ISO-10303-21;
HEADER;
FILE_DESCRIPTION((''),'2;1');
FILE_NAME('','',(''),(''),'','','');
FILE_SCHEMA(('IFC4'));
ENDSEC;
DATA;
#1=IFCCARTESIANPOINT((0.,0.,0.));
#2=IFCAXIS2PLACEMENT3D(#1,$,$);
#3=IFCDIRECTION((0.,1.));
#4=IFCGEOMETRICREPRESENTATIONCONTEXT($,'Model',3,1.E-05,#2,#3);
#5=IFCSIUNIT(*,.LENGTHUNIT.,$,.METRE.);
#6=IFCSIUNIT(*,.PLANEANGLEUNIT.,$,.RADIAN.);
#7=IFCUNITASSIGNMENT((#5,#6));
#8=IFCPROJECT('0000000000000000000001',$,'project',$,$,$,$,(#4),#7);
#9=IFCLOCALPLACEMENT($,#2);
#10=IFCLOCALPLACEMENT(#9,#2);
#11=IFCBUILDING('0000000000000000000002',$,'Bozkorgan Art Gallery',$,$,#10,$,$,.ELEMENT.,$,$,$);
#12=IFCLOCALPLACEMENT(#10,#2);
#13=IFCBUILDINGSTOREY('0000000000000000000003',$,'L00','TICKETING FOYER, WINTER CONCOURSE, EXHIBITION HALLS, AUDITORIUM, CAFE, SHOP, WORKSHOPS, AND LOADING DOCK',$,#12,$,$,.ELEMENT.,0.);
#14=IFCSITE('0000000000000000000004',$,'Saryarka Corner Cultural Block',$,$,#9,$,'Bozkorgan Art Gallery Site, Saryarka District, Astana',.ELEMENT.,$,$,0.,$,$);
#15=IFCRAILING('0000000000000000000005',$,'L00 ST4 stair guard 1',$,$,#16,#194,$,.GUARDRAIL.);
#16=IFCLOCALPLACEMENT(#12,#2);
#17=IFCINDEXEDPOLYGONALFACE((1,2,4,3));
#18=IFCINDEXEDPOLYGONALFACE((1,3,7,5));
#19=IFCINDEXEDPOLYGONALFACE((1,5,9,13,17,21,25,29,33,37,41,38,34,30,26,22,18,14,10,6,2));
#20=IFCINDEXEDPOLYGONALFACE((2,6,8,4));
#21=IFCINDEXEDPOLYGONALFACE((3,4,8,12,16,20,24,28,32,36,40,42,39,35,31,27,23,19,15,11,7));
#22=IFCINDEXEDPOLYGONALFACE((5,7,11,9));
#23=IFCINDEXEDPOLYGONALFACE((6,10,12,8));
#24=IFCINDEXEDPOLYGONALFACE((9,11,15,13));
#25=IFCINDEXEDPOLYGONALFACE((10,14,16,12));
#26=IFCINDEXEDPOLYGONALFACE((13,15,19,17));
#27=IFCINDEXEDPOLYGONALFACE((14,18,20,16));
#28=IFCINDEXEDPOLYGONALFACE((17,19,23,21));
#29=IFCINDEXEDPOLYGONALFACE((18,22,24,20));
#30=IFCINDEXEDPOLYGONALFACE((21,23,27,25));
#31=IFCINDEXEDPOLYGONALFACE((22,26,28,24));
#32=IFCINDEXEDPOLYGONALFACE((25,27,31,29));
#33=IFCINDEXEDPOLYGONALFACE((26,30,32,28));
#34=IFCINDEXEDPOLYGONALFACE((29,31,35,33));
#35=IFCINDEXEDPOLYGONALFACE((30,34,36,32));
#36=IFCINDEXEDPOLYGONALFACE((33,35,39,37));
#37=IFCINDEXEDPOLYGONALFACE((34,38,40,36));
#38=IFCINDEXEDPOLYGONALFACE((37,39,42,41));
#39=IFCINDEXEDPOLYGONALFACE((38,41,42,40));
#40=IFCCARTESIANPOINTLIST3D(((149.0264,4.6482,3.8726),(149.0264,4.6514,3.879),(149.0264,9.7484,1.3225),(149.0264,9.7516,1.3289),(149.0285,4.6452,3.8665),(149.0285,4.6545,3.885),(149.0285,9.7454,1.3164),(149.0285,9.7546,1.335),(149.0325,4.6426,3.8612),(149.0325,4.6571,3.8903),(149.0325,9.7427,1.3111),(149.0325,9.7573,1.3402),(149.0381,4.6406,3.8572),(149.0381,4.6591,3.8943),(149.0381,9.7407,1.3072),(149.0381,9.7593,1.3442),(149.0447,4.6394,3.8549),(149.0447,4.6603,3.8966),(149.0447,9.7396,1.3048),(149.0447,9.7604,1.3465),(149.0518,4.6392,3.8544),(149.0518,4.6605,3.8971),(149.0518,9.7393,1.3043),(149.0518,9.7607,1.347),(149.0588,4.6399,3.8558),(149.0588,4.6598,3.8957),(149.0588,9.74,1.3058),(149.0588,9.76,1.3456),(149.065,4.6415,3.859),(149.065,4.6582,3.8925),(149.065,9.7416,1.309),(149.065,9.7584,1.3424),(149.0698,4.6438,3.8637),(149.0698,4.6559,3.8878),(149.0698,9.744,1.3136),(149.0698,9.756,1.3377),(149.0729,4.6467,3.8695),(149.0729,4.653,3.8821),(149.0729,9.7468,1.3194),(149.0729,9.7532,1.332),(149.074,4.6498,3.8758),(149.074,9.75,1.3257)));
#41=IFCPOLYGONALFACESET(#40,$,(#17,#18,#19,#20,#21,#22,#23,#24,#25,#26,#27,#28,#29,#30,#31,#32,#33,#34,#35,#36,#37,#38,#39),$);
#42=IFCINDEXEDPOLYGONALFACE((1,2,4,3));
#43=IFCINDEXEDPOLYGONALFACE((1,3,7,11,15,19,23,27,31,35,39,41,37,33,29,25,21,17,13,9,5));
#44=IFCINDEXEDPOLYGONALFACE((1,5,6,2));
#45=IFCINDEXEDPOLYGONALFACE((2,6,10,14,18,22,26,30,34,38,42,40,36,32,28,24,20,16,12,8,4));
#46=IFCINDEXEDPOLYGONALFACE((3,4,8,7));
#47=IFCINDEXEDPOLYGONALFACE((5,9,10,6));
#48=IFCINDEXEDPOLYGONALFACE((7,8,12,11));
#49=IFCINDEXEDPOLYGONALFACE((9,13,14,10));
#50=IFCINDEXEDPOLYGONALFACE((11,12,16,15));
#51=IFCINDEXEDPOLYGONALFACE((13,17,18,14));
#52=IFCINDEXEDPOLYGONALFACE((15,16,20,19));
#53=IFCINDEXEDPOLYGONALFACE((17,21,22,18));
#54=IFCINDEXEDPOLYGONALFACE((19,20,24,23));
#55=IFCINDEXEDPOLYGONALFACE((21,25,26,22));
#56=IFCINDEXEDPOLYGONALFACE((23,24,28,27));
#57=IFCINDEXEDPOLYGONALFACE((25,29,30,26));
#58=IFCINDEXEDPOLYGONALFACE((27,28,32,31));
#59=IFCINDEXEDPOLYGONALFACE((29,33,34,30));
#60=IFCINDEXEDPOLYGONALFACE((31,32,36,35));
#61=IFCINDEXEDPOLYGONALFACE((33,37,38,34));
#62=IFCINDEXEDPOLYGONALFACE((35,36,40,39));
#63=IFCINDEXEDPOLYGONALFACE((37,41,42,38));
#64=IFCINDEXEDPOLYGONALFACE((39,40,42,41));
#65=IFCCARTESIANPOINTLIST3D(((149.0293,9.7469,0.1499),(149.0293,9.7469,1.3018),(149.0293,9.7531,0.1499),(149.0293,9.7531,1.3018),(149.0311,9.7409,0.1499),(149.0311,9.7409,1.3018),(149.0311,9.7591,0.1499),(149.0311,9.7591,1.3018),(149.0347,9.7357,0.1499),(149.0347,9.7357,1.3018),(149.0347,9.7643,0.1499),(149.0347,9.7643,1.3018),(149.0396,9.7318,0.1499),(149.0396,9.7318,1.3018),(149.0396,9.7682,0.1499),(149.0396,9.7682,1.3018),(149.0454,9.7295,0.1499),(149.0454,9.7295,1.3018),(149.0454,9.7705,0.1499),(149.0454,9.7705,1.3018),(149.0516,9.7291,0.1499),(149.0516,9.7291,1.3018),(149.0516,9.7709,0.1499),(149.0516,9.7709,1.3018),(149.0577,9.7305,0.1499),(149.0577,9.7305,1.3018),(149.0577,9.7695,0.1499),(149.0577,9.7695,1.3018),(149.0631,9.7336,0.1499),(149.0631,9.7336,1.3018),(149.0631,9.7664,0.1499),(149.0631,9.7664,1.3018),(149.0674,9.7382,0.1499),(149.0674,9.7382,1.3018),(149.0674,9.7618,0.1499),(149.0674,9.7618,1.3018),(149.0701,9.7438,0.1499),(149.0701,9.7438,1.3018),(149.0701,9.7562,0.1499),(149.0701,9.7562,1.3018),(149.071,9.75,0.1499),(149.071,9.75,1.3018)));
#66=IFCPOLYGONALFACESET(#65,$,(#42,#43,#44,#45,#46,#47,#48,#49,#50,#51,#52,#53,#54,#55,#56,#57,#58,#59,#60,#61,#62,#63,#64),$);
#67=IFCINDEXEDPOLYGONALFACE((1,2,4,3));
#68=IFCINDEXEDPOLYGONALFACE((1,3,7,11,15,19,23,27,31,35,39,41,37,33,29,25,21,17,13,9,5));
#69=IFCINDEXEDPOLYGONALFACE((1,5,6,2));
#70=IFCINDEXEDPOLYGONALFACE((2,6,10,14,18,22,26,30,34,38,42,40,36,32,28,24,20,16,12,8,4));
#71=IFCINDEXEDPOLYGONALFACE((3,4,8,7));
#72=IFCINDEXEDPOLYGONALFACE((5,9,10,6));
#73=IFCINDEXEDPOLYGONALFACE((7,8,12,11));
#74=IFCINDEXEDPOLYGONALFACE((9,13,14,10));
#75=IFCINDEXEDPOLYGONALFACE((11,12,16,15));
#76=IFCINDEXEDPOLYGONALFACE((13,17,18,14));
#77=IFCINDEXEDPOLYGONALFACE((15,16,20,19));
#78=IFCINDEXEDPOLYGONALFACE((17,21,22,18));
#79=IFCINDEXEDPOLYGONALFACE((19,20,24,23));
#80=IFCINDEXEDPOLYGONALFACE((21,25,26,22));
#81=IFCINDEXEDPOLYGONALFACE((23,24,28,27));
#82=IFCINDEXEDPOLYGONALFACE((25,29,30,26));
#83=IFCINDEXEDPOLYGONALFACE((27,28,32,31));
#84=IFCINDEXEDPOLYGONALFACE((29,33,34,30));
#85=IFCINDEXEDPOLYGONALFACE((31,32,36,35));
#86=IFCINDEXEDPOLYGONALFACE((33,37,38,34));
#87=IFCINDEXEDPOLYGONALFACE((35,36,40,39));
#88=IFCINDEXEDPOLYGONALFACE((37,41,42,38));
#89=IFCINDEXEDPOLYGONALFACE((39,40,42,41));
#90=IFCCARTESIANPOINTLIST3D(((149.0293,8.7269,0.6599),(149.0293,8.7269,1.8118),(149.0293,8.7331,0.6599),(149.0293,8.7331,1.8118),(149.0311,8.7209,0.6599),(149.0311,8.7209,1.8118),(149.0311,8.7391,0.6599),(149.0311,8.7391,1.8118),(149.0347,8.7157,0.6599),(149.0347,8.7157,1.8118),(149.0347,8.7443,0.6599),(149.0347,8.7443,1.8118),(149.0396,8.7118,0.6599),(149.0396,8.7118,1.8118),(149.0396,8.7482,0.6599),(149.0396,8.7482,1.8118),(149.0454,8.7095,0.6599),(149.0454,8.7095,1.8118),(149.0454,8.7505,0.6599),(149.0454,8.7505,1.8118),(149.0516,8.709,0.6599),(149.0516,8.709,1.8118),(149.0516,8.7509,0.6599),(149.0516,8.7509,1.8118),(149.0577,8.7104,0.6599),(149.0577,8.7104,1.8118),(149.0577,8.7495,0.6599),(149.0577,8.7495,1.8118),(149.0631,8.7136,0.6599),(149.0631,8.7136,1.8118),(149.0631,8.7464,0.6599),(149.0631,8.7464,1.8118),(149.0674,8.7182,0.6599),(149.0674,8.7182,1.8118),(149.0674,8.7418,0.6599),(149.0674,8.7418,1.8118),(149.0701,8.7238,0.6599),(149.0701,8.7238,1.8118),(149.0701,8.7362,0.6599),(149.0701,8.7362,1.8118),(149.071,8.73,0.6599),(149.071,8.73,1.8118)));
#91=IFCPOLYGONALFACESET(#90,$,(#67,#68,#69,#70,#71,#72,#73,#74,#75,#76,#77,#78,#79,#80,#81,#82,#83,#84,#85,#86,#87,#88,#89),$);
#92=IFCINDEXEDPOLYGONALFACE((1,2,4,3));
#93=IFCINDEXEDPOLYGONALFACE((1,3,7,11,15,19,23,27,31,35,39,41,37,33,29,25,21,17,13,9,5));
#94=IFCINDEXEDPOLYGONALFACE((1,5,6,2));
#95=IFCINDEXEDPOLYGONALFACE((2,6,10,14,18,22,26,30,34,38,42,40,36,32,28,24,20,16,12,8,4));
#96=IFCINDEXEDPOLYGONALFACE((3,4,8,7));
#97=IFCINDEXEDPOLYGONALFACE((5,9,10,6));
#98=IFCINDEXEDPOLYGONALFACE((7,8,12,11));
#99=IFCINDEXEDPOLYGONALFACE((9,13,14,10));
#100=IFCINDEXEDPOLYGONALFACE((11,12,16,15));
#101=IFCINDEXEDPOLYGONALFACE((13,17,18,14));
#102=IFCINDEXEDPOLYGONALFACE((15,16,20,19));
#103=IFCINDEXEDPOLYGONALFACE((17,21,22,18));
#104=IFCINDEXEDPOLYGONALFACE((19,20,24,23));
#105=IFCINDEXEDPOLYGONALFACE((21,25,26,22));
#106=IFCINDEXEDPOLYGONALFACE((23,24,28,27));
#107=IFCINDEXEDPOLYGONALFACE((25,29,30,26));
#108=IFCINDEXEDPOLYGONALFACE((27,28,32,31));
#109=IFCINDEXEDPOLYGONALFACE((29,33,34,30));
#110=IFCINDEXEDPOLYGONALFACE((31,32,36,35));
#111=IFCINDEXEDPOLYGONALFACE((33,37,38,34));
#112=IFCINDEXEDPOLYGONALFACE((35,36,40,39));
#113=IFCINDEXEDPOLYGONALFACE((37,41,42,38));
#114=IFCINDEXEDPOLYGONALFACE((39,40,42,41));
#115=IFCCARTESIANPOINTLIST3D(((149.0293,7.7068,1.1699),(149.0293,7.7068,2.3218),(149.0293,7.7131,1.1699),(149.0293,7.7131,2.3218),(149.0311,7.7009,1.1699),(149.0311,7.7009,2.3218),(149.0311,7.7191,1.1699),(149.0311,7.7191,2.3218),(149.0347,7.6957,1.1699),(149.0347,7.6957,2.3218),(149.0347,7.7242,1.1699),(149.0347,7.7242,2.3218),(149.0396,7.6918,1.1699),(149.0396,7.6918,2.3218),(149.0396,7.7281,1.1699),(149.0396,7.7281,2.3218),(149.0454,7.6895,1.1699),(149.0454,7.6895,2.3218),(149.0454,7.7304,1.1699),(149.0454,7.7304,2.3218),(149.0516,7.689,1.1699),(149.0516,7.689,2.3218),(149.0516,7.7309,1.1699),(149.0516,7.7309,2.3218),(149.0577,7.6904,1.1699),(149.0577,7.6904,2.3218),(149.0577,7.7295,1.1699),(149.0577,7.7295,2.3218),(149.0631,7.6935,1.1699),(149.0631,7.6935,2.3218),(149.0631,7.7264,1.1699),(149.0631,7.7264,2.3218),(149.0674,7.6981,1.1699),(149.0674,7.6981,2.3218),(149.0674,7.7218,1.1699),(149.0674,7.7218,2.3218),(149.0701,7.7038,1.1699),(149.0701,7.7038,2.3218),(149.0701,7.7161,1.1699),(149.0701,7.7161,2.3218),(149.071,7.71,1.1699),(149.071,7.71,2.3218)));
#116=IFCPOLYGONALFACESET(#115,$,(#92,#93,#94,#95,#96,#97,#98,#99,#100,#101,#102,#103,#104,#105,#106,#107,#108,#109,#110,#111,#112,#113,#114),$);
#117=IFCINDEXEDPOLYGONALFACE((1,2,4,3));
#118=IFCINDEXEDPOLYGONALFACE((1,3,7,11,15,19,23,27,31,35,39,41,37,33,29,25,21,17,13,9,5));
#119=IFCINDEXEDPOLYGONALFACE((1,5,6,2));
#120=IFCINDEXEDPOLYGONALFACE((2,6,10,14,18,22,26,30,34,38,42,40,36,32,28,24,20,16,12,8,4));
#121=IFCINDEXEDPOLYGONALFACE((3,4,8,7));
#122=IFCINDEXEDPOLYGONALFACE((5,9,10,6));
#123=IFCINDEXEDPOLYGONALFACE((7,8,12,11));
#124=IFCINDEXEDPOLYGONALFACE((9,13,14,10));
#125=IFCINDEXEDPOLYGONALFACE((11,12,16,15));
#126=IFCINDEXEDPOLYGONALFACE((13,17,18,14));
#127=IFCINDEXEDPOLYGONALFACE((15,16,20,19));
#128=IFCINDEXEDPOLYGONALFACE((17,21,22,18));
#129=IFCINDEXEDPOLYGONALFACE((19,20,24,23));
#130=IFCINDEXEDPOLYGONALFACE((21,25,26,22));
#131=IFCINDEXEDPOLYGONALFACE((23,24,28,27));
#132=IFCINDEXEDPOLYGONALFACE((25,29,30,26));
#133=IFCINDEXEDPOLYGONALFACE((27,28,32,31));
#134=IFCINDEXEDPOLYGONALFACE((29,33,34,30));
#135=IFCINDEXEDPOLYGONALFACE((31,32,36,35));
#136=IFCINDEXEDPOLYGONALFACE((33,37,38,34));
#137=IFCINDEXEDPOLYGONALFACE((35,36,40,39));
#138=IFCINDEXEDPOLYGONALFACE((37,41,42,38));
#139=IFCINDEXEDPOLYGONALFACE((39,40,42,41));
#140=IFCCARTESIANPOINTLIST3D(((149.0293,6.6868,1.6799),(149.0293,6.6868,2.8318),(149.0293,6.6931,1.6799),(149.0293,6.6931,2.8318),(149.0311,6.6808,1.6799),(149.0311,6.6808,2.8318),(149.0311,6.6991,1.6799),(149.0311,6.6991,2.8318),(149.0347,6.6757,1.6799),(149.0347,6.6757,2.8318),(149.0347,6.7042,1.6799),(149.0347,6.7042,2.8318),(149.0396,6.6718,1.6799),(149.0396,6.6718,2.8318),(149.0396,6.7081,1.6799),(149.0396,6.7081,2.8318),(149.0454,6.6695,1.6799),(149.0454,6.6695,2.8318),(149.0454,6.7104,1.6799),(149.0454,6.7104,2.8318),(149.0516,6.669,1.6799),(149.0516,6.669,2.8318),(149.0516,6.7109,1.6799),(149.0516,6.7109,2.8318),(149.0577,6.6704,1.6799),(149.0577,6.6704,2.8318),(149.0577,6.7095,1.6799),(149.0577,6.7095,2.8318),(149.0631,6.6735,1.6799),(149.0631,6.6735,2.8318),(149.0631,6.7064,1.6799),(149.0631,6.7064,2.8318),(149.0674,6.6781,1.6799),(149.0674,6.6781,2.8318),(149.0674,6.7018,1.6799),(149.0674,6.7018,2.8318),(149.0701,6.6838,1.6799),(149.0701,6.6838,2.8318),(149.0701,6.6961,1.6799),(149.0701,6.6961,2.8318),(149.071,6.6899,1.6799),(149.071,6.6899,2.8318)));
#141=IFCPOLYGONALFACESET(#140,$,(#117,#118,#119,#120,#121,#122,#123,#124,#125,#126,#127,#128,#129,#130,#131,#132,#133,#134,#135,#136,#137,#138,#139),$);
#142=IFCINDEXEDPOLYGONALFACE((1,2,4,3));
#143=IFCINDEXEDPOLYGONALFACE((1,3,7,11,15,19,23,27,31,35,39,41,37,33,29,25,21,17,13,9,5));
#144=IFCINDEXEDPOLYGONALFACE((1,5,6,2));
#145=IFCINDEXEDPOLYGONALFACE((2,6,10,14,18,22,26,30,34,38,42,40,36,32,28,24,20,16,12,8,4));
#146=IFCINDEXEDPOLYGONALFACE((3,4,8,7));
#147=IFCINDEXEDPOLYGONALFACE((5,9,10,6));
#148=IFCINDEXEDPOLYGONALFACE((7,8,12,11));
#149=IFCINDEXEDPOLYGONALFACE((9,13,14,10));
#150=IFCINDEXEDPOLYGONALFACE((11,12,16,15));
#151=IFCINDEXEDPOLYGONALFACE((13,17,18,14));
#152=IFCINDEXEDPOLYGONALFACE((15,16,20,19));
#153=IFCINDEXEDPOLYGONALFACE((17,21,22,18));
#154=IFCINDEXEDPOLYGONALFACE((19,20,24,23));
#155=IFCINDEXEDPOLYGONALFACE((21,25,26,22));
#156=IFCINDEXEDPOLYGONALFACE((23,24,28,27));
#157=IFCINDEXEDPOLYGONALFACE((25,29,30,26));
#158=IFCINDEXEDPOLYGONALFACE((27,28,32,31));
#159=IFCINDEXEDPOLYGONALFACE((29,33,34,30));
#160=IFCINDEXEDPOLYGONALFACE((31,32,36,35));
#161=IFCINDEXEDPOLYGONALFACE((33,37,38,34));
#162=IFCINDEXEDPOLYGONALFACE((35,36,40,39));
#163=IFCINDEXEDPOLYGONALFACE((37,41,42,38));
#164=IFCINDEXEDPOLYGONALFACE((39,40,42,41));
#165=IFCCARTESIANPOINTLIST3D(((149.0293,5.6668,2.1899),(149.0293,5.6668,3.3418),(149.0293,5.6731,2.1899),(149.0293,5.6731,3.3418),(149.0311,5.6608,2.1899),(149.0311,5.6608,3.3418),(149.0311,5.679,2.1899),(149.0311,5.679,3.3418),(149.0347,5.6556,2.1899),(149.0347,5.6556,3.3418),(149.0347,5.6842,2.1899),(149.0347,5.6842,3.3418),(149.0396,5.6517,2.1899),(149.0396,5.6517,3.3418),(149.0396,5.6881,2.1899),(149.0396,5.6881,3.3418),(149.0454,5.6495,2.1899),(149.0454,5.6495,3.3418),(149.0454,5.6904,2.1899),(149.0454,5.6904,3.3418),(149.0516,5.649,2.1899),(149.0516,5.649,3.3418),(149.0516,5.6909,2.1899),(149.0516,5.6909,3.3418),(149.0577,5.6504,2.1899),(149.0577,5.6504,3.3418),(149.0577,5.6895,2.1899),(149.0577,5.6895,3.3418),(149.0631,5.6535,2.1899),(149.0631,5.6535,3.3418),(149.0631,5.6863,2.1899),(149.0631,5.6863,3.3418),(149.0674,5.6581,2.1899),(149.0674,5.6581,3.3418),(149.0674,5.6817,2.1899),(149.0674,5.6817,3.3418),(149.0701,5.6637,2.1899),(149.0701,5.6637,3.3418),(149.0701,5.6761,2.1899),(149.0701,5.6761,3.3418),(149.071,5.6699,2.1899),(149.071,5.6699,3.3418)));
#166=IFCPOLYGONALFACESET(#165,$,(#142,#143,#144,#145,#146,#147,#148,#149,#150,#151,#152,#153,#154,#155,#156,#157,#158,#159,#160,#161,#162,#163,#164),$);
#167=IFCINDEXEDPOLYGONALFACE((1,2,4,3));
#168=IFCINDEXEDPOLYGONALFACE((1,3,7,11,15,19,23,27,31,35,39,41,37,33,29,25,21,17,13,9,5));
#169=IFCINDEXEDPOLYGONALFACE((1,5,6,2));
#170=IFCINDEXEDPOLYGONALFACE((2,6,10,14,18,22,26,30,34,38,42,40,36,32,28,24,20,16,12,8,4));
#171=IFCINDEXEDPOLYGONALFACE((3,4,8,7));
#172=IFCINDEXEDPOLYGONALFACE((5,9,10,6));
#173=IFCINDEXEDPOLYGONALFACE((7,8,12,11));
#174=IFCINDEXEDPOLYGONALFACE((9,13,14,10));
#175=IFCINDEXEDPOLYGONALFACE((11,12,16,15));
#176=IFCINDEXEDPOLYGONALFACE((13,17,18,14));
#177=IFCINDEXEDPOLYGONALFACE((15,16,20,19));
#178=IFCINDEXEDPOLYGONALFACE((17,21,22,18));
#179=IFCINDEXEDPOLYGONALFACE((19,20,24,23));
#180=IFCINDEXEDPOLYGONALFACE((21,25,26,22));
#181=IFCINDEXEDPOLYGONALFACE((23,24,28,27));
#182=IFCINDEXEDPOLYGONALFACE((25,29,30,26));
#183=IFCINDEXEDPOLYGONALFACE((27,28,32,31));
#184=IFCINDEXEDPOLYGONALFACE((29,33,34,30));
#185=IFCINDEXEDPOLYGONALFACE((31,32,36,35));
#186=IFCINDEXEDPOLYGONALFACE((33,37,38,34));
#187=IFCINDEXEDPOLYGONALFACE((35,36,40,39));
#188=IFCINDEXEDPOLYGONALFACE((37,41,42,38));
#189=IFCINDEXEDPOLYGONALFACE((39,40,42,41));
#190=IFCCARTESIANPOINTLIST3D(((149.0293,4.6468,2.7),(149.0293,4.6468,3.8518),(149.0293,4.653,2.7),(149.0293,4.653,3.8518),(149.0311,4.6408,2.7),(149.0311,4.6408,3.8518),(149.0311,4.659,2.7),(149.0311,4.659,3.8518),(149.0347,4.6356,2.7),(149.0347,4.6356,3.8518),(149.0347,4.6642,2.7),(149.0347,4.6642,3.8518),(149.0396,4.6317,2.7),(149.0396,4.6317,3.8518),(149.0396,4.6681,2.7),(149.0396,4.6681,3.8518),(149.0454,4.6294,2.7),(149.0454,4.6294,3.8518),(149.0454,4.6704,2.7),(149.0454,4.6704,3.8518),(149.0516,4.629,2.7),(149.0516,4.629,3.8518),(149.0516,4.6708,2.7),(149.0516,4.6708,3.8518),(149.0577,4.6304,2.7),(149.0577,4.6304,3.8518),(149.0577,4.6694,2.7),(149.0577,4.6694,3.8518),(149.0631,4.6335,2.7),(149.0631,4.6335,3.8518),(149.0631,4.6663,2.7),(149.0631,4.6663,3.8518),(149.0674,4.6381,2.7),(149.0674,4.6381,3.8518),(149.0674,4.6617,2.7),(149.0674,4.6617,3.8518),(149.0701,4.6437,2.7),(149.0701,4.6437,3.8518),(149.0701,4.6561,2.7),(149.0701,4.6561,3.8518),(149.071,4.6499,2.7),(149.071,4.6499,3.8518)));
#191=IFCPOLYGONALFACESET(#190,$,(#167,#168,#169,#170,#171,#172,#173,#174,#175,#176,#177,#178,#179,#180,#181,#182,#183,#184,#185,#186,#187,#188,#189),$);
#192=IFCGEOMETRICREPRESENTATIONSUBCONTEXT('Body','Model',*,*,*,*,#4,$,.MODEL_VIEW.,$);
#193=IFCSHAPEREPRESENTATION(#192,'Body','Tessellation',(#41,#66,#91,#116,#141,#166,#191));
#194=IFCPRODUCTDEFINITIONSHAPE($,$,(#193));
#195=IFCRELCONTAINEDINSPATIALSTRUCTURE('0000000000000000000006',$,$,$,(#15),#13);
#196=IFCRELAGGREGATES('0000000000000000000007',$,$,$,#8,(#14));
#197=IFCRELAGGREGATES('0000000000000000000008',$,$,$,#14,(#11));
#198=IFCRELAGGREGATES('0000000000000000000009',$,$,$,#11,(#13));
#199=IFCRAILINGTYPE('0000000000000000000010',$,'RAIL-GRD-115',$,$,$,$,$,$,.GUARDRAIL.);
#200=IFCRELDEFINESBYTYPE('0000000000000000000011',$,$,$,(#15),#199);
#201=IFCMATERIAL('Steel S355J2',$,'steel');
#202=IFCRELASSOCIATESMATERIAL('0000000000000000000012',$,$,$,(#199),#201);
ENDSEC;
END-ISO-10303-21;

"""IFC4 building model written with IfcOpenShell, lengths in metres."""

from ifc_helpers import new_model, si_unit, direction, frame, origin, origin_2d, place, context, subcontext, project, spatial, circle, extrude, material, type_object, element, save


model = new_model("IFC4")

# Units and contexts
model_context = context("Model", 3, precision=1e-05, world=origin(), true_north=direction((0.0, 1.0)))
body_context = subcontext(model_context, "Body", "Model", "MODEL_VIEW")
ifc_project = project(units=[si_unit("LENGTHUNIT", "METRE"), si_unit("PLANEANGLEUNIT", "RADIAN")], contexts=[model_context])

# Site, building, storey
site_placement = place(None, origin())
site = spatial("IfcSite", under=ifc_project, at=site_placement, Name="Saryarka Corner Cultural Block", LongName="Bozkorgan Art Gallery Site, Saryarka District, Astana", CompositionType="ELEMENT", RefElevation=0.0)
building_placement = place(site_placement, origin())
building = spatial("IfcBuilding", under=site, at=building_placement, Name="Bozkorgan Art Gallery", CompositionType="ELEMENT")
storey_placement = place(building_placement, origin())
storey = spatial("IfcBuildingStorey", under=building, at=storey_placement, Name="L00", Description="TICKETING FOYER, WINTER CONCOURSE, EXHIBITION HALLS, AUDITORIUM, CAFE, SHOP, WORKSHOPS, AND LOADING DOCK", CompositionType="ELEMENT", Elevation=0.0)

# Shared definitions
ifc_material_1 = material(Name="Steel S355J2", Category="steel")

# Railing
railing_type_1 = type_object("IfcRailingType", Name="RAIL-GRD-115", PredefinedType="GUARDRAIL", material=ifc_material_1)
railing_1_placement = place(storey_placement, frame((149.05, 9.75, 0.1499)))
element("IfcRailing", 1, at=railing_1_placement, inside=storey, type_object=railing_type_1, Name="L00 ST4 stair guard 1", PredefinedType="GUARDRAIL", context=body_context, shape_type="SweptSolid", body=[
    extrude(circle(Radius=0.0239, at=origin_2d()), frame((0.0, 0.0, 1.1758), z_axis=(0.0, -0.894427, 0.447214), x_axis=(1.0, 0.0, 0.0)), (0.0, 0.0, 1.0), 5.7021),
    extrude(circle(Radius=0.021, at=origin_2d()), origin(), (0.0, 0.0, 1.0), 1.1519),
    extrude(circle(Radius=0.021, at=origin_2d()), frame((0.0, -1.02, 0.51)), (0.0, 0.0, 1.0), 1.1519),
    extrude(circle(Radius=0.021, at=origin_2d()), frame((0.0, -2.04, 1.02)), (0.0, 0.0, 1.0), 1.1519),
    extrude(circle(Radius=0.021, at=origin_2d()), frame((0.0, -3.0601, 1.53)), (0.0, 0.0, 1.0), 1.1519),
    extrude(circle(Radius=0.021, at=origin_2d()), frame((0.0, -4.0801, 2.04)), (0.0, 0.0, 1.0), 1.1519),
    extrude(circle(Radius=0.021, at=origin_2d()), frame((0.0, -5.1001, 2.55)), (0.0, 0.0, 1.0), 1.1519),
])

save(model, "model.ifc")
